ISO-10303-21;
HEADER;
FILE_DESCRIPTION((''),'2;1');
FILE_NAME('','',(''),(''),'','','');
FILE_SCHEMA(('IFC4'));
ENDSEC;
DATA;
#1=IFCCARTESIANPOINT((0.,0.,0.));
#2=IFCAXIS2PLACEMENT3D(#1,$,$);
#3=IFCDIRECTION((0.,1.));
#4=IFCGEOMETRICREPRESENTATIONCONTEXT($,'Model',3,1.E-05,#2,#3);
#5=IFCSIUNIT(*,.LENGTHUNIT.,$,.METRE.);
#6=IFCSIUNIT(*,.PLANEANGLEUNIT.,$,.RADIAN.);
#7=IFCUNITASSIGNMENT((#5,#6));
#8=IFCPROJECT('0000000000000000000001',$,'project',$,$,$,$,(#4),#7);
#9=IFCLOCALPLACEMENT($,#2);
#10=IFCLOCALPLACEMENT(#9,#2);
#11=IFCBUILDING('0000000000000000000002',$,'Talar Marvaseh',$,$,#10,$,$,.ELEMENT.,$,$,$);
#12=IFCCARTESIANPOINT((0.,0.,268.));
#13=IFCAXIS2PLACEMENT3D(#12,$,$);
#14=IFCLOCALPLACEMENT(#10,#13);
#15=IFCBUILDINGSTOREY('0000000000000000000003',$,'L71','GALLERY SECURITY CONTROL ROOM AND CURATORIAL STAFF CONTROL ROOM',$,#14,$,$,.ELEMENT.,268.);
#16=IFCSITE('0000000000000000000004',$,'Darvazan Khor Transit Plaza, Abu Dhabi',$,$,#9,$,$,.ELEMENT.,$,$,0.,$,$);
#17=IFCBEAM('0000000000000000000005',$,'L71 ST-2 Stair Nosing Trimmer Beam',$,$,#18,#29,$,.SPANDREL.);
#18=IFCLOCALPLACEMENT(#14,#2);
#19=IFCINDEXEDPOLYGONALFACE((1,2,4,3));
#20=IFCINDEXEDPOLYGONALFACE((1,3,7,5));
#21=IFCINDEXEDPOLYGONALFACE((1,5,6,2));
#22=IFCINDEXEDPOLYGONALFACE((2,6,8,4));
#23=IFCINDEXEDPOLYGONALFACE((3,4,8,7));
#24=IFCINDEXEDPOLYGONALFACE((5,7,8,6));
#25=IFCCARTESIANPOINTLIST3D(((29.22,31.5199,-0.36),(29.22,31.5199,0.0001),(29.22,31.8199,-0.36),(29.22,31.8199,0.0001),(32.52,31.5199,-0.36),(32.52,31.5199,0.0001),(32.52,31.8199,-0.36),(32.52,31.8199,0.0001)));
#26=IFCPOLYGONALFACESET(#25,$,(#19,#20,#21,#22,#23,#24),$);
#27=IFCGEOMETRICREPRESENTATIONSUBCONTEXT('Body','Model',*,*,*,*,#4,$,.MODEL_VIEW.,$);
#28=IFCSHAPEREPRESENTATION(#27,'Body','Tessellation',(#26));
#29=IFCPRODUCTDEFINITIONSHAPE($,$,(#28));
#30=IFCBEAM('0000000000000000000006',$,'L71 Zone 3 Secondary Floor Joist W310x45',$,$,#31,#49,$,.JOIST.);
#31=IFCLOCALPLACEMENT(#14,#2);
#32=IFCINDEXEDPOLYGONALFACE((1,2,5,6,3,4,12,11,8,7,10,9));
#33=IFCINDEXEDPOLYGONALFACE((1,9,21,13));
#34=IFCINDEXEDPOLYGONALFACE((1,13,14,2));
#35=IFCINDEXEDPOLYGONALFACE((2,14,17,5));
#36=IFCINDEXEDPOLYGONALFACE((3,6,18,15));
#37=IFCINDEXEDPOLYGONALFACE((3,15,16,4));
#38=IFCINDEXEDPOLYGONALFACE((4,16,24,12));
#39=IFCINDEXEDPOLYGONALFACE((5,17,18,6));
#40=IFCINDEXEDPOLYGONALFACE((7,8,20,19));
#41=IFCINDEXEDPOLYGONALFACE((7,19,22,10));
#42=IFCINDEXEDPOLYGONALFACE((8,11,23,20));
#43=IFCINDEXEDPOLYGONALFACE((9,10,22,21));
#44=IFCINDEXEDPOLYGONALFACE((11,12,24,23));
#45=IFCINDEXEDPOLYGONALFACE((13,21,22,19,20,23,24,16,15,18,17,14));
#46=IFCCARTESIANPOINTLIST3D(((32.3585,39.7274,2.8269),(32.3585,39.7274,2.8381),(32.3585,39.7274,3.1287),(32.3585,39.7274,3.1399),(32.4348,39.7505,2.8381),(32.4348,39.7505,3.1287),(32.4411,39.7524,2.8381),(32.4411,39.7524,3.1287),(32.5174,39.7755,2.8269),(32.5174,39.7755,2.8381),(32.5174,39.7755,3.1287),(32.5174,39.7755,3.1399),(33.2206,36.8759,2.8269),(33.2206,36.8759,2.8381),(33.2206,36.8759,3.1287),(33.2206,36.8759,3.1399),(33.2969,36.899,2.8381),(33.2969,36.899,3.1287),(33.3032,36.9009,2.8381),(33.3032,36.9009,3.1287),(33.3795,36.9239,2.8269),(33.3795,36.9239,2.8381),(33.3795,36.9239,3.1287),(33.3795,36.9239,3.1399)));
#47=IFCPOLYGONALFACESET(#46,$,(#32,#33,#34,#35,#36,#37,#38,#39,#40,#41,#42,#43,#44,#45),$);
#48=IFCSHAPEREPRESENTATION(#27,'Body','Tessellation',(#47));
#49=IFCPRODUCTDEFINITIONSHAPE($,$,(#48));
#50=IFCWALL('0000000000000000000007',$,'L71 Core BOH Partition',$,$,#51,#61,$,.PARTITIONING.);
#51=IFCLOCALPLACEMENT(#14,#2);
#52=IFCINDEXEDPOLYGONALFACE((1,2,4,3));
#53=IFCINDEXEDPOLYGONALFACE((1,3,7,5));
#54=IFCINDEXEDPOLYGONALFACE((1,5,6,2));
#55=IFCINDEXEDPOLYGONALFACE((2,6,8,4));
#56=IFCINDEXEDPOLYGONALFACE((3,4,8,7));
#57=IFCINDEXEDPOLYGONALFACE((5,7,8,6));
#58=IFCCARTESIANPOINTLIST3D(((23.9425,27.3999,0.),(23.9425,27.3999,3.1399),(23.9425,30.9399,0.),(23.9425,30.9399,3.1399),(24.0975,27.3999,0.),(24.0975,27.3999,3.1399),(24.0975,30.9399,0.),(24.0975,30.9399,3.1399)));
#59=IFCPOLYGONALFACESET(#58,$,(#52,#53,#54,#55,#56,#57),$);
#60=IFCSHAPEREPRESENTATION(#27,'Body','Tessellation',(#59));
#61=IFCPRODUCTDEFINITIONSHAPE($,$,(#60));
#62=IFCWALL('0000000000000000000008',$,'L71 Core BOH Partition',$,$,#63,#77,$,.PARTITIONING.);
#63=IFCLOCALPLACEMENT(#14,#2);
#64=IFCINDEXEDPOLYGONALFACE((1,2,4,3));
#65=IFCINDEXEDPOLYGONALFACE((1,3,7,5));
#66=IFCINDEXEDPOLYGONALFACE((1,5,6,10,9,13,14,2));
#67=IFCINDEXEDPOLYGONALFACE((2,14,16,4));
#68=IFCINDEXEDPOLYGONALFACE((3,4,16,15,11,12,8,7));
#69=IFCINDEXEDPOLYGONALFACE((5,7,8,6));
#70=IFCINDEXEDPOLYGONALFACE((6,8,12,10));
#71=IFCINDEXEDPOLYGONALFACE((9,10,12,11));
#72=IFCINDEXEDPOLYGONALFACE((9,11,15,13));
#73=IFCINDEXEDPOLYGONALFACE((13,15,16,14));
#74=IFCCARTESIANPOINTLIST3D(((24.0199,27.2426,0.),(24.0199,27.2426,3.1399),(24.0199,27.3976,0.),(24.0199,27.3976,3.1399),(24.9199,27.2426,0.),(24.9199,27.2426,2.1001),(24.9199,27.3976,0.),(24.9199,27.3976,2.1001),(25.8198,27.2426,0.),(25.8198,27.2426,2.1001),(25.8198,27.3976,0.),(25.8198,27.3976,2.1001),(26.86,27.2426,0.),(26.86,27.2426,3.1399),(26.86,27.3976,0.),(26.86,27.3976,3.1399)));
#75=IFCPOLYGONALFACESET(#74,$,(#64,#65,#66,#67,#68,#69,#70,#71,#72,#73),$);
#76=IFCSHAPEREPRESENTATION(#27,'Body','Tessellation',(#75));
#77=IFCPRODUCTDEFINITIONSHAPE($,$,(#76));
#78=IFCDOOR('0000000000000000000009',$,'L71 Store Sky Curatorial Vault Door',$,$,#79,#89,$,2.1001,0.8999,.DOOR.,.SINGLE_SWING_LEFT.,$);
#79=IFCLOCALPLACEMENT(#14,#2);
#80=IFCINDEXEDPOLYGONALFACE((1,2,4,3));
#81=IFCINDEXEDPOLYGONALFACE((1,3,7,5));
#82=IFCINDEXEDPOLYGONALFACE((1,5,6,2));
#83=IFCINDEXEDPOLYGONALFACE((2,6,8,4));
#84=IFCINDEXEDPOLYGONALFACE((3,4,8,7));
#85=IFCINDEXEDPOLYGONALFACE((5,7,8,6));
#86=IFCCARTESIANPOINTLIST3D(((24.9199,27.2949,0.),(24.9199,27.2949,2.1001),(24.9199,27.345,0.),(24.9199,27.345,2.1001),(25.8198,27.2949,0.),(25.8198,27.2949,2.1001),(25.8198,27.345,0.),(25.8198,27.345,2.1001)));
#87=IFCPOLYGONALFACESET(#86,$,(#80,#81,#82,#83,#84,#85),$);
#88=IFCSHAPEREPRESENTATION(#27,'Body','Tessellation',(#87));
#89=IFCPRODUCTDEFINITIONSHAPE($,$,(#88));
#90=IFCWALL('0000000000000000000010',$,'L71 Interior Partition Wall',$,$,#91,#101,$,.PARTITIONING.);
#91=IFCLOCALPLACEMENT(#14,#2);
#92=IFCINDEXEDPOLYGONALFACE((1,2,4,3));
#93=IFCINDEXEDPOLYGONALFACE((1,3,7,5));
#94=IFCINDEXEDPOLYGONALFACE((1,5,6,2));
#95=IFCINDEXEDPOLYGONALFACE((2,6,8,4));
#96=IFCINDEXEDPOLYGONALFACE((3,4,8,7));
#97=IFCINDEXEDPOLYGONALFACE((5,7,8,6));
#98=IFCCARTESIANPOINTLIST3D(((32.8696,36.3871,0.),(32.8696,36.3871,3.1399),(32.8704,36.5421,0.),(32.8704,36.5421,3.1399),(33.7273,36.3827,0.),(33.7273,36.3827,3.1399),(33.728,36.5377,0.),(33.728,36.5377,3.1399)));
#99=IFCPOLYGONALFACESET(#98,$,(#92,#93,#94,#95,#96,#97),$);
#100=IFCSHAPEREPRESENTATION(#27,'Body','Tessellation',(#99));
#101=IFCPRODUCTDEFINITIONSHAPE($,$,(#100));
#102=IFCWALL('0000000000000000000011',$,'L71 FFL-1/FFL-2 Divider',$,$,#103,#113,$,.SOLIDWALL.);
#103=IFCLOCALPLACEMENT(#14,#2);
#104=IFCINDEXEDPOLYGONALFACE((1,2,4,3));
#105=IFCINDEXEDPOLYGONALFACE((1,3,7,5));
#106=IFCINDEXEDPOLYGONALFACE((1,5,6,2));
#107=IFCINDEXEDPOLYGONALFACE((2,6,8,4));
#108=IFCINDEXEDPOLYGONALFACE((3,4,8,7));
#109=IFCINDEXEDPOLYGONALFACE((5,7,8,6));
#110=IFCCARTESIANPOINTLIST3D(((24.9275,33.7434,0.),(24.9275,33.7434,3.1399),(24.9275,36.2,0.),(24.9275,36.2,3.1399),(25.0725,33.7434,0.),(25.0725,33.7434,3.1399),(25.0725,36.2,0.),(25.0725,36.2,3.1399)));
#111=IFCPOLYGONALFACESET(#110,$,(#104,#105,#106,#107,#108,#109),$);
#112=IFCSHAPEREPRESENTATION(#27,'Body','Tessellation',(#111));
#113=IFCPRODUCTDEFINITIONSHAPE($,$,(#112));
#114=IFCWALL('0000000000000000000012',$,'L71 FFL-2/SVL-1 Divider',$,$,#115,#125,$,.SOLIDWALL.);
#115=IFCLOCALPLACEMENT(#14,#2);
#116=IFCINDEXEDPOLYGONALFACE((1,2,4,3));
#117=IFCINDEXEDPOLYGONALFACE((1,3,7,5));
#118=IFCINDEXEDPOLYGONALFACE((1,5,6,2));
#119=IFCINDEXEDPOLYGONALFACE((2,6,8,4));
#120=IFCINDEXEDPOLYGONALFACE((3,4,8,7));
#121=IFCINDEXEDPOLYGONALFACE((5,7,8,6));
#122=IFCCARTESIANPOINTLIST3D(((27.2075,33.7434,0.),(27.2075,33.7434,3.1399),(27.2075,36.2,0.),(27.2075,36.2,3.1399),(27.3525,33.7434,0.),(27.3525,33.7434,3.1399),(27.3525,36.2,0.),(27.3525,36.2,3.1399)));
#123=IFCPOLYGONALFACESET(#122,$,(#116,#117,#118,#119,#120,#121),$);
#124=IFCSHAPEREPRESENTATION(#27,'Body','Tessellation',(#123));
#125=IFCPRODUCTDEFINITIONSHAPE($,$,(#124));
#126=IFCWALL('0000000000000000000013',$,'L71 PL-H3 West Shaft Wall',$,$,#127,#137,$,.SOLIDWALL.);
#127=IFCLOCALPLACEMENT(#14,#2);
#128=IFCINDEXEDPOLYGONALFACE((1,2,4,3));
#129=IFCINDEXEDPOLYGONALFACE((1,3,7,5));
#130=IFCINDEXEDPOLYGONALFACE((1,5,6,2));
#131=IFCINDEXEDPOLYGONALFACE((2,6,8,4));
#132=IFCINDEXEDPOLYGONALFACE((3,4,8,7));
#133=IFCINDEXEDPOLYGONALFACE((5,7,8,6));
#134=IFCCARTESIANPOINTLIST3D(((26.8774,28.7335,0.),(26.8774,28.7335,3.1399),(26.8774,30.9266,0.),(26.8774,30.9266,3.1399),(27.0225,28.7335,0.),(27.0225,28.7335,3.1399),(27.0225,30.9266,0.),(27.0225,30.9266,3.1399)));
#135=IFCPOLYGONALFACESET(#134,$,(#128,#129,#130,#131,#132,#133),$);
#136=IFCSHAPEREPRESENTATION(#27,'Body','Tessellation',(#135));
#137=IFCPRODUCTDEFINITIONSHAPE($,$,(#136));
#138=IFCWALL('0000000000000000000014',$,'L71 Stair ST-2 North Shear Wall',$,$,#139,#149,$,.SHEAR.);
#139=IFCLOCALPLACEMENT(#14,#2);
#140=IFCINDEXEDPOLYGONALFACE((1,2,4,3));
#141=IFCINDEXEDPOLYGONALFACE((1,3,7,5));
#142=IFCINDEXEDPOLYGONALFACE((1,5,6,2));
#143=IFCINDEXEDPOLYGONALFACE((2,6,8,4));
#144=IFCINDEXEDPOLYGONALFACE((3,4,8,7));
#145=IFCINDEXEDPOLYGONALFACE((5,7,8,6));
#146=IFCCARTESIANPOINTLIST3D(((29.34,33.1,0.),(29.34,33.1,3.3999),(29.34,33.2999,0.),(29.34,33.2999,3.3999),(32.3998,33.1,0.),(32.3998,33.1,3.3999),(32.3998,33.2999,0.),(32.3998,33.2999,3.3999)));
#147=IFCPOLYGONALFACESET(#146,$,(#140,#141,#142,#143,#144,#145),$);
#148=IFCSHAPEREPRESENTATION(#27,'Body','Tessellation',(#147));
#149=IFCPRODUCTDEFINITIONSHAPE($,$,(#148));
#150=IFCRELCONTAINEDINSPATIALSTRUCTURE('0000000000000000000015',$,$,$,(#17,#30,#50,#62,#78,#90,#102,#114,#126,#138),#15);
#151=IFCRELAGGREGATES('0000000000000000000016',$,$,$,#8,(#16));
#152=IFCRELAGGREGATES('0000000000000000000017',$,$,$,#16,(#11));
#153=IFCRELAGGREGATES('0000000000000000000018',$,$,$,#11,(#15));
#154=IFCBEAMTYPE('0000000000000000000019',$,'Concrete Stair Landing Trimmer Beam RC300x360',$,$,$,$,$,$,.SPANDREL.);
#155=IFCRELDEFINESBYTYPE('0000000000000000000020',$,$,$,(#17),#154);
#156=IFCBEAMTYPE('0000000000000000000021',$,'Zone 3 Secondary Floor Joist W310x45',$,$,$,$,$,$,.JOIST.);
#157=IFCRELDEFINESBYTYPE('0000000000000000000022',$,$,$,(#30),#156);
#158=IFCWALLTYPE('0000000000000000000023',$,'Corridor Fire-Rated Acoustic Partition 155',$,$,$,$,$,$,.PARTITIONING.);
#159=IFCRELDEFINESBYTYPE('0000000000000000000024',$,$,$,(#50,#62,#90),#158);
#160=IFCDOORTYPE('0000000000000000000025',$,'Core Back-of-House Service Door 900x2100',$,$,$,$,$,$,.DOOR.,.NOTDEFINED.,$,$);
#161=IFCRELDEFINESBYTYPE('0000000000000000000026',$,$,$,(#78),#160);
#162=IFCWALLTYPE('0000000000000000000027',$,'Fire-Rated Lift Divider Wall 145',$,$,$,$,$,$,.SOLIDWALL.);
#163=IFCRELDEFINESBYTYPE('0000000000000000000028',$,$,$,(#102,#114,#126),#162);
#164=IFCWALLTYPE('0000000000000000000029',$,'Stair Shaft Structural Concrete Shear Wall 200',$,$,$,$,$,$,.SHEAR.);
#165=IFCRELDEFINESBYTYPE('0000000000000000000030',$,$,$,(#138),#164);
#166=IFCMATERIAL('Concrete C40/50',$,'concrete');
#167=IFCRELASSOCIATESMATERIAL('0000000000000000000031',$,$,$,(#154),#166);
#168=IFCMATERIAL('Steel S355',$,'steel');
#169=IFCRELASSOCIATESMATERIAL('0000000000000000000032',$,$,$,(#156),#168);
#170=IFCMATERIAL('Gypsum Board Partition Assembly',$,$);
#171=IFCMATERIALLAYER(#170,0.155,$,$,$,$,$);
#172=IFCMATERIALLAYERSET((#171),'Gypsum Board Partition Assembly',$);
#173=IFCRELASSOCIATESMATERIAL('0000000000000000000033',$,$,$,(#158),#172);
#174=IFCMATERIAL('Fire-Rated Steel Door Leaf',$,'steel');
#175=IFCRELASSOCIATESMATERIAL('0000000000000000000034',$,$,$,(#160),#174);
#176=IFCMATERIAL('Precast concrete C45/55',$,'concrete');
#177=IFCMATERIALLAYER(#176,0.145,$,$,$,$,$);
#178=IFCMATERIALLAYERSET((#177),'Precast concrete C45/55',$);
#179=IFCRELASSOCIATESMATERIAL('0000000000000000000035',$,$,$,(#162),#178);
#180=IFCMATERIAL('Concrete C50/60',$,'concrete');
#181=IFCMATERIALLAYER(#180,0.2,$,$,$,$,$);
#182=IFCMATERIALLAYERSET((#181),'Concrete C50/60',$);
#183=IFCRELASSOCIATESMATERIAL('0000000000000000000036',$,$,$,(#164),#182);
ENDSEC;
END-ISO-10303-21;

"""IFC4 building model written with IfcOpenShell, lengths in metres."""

from ifc_helpers import new_model, si_unit, direction, frame, frame_2d, origin, origin_2d, place, context, subcontext, project, spatial, rectangle, i_section, extrude, source, transform, mapped, material, layer, layer_set, material_profile, profile_set, type_object, type_shapes, element, fill, save


model = new_model("IFC4")

# Units and contexts
model_context = context("Model", 3, precision=1e-05, world=origin(), true_north=direction((0.0, 1.0)))
body_context = subcontext(model_context, "Body", "Model", "MODEL_VIEW")
ifc_project = project(units=[si_unit("LENGTHUNIT", "METRE"), si_unit("PLANEANGLEUNIT", "RADIAN")], contexts=[model_context])

# Site, building, storey
site_placement = place(None, origin())
site = spatial("IfcSite", under=ifc_project, at=site_placement, Name="Darvazan Khor Transit Plaza, Abu Dhabi", CompositionType="ELEMENT", RefElevation=0.0)
building_placement = place(site_placement, origin())
building = spatial("IfcBuilding", under=site, at=building_placement, Name="Talar Marvaseh", CompositionType="ELEMENT")
storey_placement = place(building_placement, frame((0.0, 0.0, 268.0)))
storey = spatial("IfcBuildingStorey", under=building, at=storey_placement, Name="L71", Description="GALLERY SECURITY CONTROL ROOM AND CURATORIAL STAFF CONTROL ROOM", CompositionType="ELEMENT", Elevation=268.0)

# Beams
ifc_material_1 = material(Name="Concrete C40/50", Category="concrete")
ifc_material_profile_1 = material_profile(ifc_material_1, rectangle(XDim=0.3, YDim=0.3601, at=origin_2d()), Name="RC300x360")
ifc_profile_set_1 = profile_set([ifc_material_profile_1], Name="Concrete C40/50")
beam_type_1 = type_object("IfcBeamType", Name="Concrete Stair Landing Trimmer Beam RC300x360", PredefinedType="SPANDREL", material=ifc_profile_set_1)
beam_1_placement = place(storey_placement, frame((29.22, 31.6699, -0.1799), z_axis=(1.0, 0.0, 0.0), x_axis=(0.0, 1.0, 0.0)))
element("IfcBeam", 1, at=beam_1_placement, inside=storey, type_object=beam_type_1, Name="L71 ST-2 Stair Nosing Trimmer Beam", PredefinedType="SPANDREL", context=body_context, shape_type="SweptSolid", body=[
    extrude(rectangle(XDim=0.3, YDim=0.3601, at=origin_2d()), origin(), (0.0, 0.0, 1.0), 3.3),
])
ifc_material_2 = material(Name="Steel S355", Category="steel")
ifc_material_profile_2 = material_profile(ifc_material_2, i_section(OverallWidth=0.166, OverallDepth=0.313, WebThickness=0.0066, FlangeThickness=0.0112, at=origin_2d()), Name="W310x45")
ifc_profile_set_2 = profile_set([ifc_material_profile_2], Name="Steel S355")
beam_type_2 = type_object("IfcBeamType", Name="Zone 3 Secondary Floor Joist W310x45", PredefinedType="JOIST", material=ifc_profile_set_2)
beam_2_placement = place(storey_placement, frame((32.438, 39.7515, 2.9834), z_axis=(0.289377, -0.957215, 0.0), x_axis=(0.957215, 0.289377, 0.0)))
element("IfcBeam", 2, at=beam_2_placement, inside=storey, type_object=beam_type_2, Name="L71 Zone 3 Secondary Floor Joist W310x45", PredefinedType="JOIST", context=body_context, shape_type="SweptSolid", body=[
    extrude(i_section(OverallWidth=0.166, OverallDepth=0.313, WebThickness=0.0066, FlangeThickness=0.0112, at=origin_2d()), origin(), (0.0, 0.0, 1.0), 2.979),
])

# Wall
ifc_material_3 = material(Name="Gypsum Board Partition Assembly")
ifc_layer_1 = layer(ifc_material_3, 0.155)
ifc_layer_set_1 = layer_set([ifc_layer_1], Name="Gypsum Board Partition Assembly")
wall_type_1 = type_object("IfcWallType", Name="Corridor Fire-Rated Acoustic Partition 155", PredefinedType="PARTITIONING", material=ifc_layer_set_1)
wall_1_placement = place(storey_placement, frame((24.02, 27.3999, 0.0), z_axis=(0.0, 0.0, 1.0), x_axis=(0.0, 1.0, 0.0)))
element("IfcWall", 3, at=wall_1_placement, inside=storey, type_object=wall_type_1, Name="L71 Core BOH Partition", PredefinedType="PARTITIONING", context=body_context, shape_type="SweptSolid", body=[
    extrude(rectangle(XDim=3.54, YDim=0.155, at=frame_2d((1.77, 0.0))), origin(), (0.0, 0.0, 1.0), 3.1399),
])

# Wall, opening, door
wall_2_placement = place(storey_placement, frame((24.02, 27.3201, 0.0), z_axis=(0.0, 0.0, 1.0), x_axis=(1.0, 0.0, 0.0)))
wall_2 = element("IfcWall", 4, at=wall_2_placement, inside=storey, type_object=wall_type_1, Name="L71 Core BOH Partition", PredefinedType="PARTITIONING", context=body_context, shape_type="SweptSolid", body=[
    extrude(rectangle(XDim=2.8401, YDim=0.155, at=frame_2d((1.4199, 0.0))), origin(), (0.0, 0.0, 1.0), 3.1399),
])
opening_1_placement = place(wall_2_placement, frame((0.8999, 0.0, 0.0)))
opening_1 = element("IfcOpeningElement", 5, at=opening_1_placement, cuts=wall_2, PredefinedType="OPENING", context=body_context, shape_type="SweptSolid", body=[
    extrude(rectangle(XDim=0.8999, YDim=2.1001, at=frame_2d((0.45, 1.05))), frame((0.0, 0.0874, 0.0), z_axis=(0.0, -1.0, 0.0), x_axis=(1.0, 0.0, 0.0)), (0.0, 0.0, 1.0), 0.175),
])
ifc_material_4 = material(Name="Fire-Rated Steel Door Leaf", Category="steel")
door_type_1 = type_object("IfcDoorType", Name="Core Back-of-House Service Door 900x2100", OperationType="NOTDEFINED", PredefinedType="DOOR", material=ifc_material_4)
shared_shape_1 = source(origin(), body_context, "Body", "SweptSolid", [
    extrude(rectangle(XDim=0.8999, YDim=2.1001, at=frame_2d((0.45, 1.05))), frame((0.0, 0.0249, 0.0), z_axis=(0.0, -1.0, 0.0), x_axis=(1.0, 0.0, 0.0)), (0.0, 0.0, 1.0), 0.05),
])
type_shapes(door_type_1, [shared_shape_1])
door_1_placement = place(opening_1_placement, origin())
door_1 = element("IfcDoor", 6, at=door_1_placement, inside=storey, type_object=door_type_1, Name="L71 Store Sky Curatorial Vault Door", OperationType="SINGLE_SWING_LEFT", OverallHeight=2.1001, OverallWidth=0.8999, PredefinedType="DOOR", context=body_context, shape_type="MappedRepresentation", body=[
    mapped(shared_shape_1, transform((0.0, 0.0, 0.0), x_axis=(1.0, 0.0, 0.0), y_axis=(0.0, 1.0, 0.0), z_axis=(0.0, 0.0, 1.0), scale=1.0)),
])
fill(opening_1, door_1)

# Walls
wall_3_placement = place(storey_placement, frame((32.8701, 36.4646, 0.0), z_axis=(0.0, 0.0, 1.0), x_axis=(0.999987, -0.005124, 0.0)))
element("IfcWall", 7, at=wall_3_placement, inside=storey, type_object=wall_type_1, Name="L71 Interior Partition Wall", PredefinedType="PARTITIONING", context=body_context, shape_type="SweptSolid", body=[
    extrude(rectangle(XDim=0.8577, YDim=0.155, at=frame_2d((0.4287, 0.0))), origin(), (0.0, 0.0, 1.0), 3.1399),
])
ifc_material_5 = material(Name="Precast concrete C45/55", Category="concrete")
ifc_layer_2 = layer(ifc_material_5, 0.145)
ifc_layer_set_2 = layer_set([ifc_layer_2], Name="Precast concrete C45/55")
wall_type_2 = type_object("IfcWallType", Name="Fire-Rated Lift Divider Wall 145", PredefinedType="SOLIDWALL", material=ifc_layer_set_2)
for number, where, z_axis, x_axis, name in (
    (8, (25.0, 33.7434, 0.0), (0.0, 0.0, 1.0), (0.0, 1.0, 0.0), "L71 FFL-1/FFL-2 Divider"),
    (9, (27.28, 33.7434, 0.0), (0.0, 0.0, 1.0), (0.0, 1.0, 0.0), "L71 FFL-2/SVL-1 Divider"),
):
    element("IfcWall", number, at=place(storey_placement, frame(where, z_axis=z_axis, x_axis=x_axis)), inside=storey, type_object=wall_type_2, Name=name, PredefinedType="SOLIDWALL", context=body_context, shape_type="SweptSolid", body=[
        extrude(rectangle(XDim=2.4565, YDim=0.145, at=frame_2d((1.2283, 0.0))), origin(), (0.0, 0.0, 1.0), 3.1399),
    ])
wall_4_placement = place(storey_placement, frame((26.95, 28.7334, 0.0), z_axis=(0.0, 0.0, 1.0), x_axis=(0.0, 1.0, 0.0)))
element("IfcWall", 10, at=wall_4_placement, inside=storey, type_object=wall_type_2, Name="L71 PL-H3 West Shaft Wall", PredefinedType="SOLIDWALL", context=body_context, shape_type="SweptSolid", body=[
    extrude(rectangle(XDim=2.1931, YDim=0.145, at=frame_2d((1.0967, 0.0))), origin(), (0.0, 0.0, 1.0), 3.1399),
])

# Wall
ifc_material_6 = material(Name="Concrete C50/60", Category="concrete")
ifc_layer_3 = layer(ifc_material_6, 0.2)
ifc_layer_set_3 = layer_set([ifc_layer_3], Name="Concrete C50/60")
wall_type_3 = type_object("IfcWallType", Name="Stair Shaft Structural Concrete Shear Wall 200", PredefinedType="SHEAR", material=ifc_layer_set_3)
wall_5_placement = place(storey_placement, frame((29.3401, 33.2, 0.0), z_axis=(0.0, 0.0, 1.0), x_axis=(1.0, 0.0, 0.0)))
element("IfcWall", 11, at=wall_5_placement, inside=storey, type_object=wall_type_3, Name="L71 Stair ST-2 North Shear Wall", PredefinedType="SHEAR", context=body_context, shape_type="SweptSolid", body=[
    extrude(rectangle(XDim=3.0598, YDim=0.2, at=frame_2d((1.5298, 0.0))), origin(), (0.0, 0.0, 1.0), 3.3999),
])

save(model, "model.ifc")
